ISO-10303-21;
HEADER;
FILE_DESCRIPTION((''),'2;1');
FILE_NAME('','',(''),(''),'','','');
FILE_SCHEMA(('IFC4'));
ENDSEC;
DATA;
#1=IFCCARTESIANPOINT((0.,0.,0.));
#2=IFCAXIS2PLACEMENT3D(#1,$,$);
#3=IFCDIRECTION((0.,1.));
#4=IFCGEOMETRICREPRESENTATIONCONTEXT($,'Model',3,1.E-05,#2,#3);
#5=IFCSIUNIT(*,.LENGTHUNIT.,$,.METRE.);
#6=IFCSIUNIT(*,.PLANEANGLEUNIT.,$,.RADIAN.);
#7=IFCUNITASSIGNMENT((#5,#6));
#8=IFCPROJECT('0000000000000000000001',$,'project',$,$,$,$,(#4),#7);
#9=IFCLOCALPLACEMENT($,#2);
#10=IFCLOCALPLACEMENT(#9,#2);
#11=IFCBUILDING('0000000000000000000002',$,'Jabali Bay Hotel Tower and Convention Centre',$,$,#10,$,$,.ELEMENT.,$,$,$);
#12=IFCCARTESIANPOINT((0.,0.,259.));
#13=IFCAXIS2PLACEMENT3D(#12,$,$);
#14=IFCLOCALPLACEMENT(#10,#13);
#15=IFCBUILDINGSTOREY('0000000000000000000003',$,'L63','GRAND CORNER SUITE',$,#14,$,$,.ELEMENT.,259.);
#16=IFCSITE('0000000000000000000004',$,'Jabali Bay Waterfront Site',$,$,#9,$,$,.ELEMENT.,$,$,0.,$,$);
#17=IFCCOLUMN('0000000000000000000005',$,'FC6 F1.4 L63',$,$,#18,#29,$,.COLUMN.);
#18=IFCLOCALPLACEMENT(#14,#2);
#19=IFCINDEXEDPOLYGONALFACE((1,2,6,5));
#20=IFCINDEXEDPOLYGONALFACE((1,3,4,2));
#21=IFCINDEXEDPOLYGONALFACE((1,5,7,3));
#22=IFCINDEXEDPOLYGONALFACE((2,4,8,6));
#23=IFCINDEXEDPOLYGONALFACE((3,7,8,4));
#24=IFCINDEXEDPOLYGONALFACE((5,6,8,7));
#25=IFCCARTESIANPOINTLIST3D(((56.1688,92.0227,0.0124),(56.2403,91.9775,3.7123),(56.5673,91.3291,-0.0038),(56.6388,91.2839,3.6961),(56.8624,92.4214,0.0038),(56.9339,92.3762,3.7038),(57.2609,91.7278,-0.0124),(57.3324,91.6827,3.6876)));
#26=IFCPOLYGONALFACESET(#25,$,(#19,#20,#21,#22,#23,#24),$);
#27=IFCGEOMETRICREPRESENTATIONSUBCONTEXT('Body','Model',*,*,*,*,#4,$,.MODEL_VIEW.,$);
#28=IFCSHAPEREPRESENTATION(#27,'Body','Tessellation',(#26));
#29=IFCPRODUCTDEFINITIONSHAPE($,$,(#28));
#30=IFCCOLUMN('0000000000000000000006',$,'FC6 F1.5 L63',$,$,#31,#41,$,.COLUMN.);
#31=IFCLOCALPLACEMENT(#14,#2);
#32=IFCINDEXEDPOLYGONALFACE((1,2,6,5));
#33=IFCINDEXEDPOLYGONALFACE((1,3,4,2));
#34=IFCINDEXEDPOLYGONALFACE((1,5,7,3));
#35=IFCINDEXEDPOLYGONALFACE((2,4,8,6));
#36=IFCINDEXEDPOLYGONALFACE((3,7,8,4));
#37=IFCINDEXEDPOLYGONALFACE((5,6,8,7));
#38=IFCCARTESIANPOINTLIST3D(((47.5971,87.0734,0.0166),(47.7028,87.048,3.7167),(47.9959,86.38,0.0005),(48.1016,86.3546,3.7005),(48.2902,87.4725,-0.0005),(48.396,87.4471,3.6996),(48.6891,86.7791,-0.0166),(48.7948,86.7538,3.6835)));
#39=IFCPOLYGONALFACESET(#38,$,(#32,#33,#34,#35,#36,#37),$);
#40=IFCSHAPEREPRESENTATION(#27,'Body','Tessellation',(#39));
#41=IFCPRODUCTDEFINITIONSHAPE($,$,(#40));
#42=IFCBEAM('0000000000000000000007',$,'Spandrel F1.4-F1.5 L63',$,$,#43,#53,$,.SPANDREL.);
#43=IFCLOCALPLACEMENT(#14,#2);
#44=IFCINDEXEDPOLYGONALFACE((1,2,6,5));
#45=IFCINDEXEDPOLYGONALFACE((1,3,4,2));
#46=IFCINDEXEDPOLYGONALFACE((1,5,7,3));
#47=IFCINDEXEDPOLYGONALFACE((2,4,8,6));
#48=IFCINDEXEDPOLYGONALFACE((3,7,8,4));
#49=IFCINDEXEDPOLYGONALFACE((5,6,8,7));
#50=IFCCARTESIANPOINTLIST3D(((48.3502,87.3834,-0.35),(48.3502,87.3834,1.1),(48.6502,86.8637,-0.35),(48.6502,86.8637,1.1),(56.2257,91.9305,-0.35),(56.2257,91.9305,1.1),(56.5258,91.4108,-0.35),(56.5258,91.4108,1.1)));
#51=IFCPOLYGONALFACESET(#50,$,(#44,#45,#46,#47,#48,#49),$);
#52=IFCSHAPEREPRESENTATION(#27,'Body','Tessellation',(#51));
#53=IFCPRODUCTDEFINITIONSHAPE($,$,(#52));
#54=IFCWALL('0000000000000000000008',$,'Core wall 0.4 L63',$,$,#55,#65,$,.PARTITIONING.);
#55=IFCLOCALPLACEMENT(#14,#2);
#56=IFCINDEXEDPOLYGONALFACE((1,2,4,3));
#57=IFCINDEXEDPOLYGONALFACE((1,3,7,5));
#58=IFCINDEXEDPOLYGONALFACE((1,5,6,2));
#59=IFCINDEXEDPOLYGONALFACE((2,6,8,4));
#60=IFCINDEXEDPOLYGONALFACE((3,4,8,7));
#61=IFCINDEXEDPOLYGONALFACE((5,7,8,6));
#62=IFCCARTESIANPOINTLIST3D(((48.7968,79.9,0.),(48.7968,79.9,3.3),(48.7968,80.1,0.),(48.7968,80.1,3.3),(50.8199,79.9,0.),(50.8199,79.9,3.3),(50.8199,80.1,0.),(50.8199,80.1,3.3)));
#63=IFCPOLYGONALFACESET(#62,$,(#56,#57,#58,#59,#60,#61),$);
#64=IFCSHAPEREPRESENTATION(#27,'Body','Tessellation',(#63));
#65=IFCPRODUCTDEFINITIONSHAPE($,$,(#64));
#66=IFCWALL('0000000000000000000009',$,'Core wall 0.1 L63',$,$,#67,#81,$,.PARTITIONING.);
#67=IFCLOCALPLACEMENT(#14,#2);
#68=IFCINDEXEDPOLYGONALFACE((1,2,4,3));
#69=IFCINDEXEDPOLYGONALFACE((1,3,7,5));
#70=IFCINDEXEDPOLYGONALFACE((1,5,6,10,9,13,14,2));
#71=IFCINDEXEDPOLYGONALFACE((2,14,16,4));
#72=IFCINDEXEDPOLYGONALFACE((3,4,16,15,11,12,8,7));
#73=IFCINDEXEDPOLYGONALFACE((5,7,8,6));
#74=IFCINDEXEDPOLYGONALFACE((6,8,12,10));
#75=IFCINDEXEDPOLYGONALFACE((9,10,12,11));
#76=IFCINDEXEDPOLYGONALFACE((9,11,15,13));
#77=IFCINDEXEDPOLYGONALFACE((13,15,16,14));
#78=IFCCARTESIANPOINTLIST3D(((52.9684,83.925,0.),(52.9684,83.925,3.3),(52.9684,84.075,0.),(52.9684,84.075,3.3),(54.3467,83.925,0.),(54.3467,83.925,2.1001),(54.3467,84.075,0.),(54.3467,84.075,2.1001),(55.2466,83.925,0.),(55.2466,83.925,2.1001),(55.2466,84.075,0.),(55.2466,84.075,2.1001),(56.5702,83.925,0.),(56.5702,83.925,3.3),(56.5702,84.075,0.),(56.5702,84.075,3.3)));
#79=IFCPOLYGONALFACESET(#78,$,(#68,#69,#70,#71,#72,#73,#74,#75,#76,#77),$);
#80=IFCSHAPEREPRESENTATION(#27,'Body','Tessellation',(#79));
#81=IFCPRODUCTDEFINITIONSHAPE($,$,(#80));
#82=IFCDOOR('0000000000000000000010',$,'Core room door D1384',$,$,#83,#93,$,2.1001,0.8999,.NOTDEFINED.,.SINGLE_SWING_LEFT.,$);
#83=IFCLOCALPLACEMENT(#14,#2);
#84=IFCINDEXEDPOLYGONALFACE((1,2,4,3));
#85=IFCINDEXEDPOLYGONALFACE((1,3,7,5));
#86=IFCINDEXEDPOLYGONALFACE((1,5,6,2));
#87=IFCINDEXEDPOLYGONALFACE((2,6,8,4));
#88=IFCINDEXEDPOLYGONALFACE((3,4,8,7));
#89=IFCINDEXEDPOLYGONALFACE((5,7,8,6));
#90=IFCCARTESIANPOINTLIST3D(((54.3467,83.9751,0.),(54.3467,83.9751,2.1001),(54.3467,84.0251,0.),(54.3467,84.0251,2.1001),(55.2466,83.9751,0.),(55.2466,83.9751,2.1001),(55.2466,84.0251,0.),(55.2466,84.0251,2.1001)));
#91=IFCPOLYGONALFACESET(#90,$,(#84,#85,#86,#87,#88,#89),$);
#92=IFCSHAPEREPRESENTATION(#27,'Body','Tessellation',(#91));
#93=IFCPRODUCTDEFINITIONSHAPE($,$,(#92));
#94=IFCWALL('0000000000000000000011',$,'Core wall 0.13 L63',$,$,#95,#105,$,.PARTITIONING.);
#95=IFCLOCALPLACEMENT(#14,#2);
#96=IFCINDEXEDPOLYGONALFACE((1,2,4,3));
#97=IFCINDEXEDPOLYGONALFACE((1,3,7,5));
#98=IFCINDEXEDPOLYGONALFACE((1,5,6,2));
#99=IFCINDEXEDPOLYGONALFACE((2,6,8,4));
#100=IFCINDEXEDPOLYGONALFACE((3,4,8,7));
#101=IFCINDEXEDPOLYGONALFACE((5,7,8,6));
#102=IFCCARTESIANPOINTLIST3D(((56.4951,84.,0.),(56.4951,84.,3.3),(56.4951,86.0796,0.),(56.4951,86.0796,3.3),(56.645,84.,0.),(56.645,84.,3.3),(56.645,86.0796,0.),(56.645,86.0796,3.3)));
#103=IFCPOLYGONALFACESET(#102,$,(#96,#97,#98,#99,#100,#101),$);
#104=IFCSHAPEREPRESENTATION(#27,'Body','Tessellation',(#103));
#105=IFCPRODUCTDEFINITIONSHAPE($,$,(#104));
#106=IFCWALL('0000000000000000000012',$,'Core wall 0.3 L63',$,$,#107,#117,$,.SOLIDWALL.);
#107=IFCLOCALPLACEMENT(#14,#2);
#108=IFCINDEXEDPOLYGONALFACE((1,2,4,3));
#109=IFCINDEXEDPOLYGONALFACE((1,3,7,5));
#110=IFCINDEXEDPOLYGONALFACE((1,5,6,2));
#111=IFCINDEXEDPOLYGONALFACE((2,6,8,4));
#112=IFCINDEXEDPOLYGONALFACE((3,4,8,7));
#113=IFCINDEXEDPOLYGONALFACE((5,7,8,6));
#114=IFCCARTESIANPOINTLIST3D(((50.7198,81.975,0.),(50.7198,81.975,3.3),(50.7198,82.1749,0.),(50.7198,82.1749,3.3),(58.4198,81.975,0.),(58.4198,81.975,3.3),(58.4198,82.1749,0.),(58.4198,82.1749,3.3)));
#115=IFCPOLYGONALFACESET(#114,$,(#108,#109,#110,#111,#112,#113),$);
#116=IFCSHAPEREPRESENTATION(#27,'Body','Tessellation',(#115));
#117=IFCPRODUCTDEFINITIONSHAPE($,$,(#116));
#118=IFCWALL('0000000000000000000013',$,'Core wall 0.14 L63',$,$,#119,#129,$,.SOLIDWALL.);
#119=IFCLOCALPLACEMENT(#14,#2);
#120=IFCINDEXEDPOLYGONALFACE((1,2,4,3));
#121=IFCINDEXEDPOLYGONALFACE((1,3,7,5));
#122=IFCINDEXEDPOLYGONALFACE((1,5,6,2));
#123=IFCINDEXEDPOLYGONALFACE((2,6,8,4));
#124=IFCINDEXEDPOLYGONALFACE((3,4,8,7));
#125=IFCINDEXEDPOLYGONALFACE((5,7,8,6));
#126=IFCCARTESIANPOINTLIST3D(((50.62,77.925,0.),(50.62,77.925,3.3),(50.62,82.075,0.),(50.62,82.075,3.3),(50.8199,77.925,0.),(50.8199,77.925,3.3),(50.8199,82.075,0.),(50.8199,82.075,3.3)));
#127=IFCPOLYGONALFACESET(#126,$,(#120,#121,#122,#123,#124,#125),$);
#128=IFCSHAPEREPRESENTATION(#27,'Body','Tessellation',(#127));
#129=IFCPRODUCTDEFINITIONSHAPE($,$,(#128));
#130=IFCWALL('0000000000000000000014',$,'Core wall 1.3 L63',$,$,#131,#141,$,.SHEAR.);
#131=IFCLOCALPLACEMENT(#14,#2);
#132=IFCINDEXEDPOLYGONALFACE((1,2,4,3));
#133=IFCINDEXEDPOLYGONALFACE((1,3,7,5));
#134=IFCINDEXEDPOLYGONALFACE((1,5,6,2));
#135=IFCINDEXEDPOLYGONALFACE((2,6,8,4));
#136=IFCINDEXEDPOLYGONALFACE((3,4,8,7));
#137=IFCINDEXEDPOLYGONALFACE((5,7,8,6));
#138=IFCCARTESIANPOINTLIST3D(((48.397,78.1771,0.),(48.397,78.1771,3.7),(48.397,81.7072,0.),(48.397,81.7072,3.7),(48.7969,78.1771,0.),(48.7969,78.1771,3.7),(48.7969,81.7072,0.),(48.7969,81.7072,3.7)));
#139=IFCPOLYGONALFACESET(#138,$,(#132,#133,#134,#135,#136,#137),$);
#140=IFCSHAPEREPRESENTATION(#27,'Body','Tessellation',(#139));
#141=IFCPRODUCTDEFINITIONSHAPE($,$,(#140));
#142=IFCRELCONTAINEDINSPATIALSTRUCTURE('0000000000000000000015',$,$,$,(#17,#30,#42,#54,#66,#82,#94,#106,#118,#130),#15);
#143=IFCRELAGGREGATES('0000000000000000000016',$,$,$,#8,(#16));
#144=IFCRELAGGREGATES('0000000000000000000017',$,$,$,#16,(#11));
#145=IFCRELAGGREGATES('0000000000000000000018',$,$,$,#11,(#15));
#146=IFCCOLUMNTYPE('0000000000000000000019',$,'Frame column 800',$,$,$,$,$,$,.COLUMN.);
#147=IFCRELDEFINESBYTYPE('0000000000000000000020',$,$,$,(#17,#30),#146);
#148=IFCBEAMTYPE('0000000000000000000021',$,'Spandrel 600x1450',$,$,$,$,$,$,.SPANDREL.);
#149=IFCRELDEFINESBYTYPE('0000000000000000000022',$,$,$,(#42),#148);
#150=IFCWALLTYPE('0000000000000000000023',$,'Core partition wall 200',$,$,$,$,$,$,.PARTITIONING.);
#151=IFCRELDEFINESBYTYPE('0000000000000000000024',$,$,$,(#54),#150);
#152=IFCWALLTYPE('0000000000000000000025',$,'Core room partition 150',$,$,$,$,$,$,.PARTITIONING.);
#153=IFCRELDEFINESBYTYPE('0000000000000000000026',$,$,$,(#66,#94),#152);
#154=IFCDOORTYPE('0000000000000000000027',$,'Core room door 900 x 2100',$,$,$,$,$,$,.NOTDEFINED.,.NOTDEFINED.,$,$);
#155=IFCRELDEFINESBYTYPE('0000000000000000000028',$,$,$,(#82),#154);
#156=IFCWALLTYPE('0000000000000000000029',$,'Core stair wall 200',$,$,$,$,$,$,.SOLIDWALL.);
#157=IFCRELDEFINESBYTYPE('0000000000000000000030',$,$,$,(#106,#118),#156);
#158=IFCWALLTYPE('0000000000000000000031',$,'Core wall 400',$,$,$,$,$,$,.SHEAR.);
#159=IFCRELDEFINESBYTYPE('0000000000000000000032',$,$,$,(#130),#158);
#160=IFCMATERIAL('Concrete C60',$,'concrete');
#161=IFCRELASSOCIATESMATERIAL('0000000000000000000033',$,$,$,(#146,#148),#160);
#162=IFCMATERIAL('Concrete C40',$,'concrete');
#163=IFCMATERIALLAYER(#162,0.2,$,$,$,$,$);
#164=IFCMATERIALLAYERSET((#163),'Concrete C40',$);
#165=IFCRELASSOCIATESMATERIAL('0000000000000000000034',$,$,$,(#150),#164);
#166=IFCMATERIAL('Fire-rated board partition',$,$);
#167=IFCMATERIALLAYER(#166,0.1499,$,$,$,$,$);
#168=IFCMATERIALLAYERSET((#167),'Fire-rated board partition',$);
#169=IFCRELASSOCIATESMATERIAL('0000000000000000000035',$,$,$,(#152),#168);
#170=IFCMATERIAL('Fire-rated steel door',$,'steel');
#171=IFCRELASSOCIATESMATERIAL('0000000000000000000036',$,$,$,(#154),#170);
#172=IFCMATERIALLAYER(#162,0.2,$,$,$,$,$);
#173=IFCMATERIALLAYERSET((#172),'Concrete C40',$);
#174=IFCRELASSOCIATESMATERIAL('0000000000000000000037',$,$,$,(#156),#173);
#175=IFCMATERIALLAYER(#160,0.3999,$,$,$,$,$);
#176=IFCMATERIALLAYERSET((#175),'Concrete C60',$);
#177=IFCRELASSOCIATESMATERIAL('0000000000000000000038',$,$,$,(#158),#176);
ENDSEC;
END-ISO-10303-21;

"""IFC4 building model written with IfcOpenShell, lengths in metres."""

from ifc_helpers import new_model, si_unit, direction, frame, frame_2d, origin, origin_2d, place, context, subcontext, project, spatial, rectangle, extrude, material, layer, layer_set, material_profile, profile_set, type_object, element, fill, save


model = new_model("IFC4")

# Units and contexts
model_context = context("Model", 3, precision=1e-05, world=origin(), true_north=direction((0.0, 1.0)))
body_context = subcontext(model_context, "Body", "Model", "MODEL_VIEW")
ifc_project = project(units=[si_unit("LENGTHUNIT", "METRE"), si_unit("PLANEANGLEUNIT", "RADIAN")], contexts=[model_context])

# Site, building, storey
site_placement = place(None, origin())
site = spatial("IfcSite", under=ifc_project, at=site_placement, Name="Jabali Bay Waterfront Site", CompositionType="ELEMENT", RefElevation=0.0)
building_placement = place(site_placement, origin())
building = spatial("IfcBuilding", under=site, at=building_placement, Name="Jabali Bay Hotel Tower and Convention Centre", CompositionType="ELEMENT")
storey_placement = place(building_placement, frame((0.0, 0.0, 259.0)))
storey = spatial("IfcBuildingStorey", under=building, at=storey_placement, Name="L63", Description="GRAND CORNER SUITE", CompositionType="ELEMENT", Elevation=259.0)

# Columns
ifc_material_1 = material(Name="Concrete C60", Category="concrete")
ifc_material_profile_1 = material_profile(ifc_material_1, rectangle(XDim=0.8, YDim=0.8, at=origin_2d()), Name="Frame column 800")
ifc_profile_set_1 = profile_set([ifc_material_profile_1], Name="Concrete C60")
column_type = type_object("IfcColumnType", Name="Frame column 800", PredefinedType="COLUMN", material=ifc_profile_set_1)
column_1_placement = place(storey_placement, frame((56.7148, 91.8752, 0.0), z_axis=(0.019329, -0.012204, 0.999739), x_axis=(-0.498097, 0.866886, 0.020212)))
element("IfcColumn", 1, at=column_1_placement, inside=storey, type_object=column_type, Name="FC6 F1.4 L63", PredefinedType="COLUMN", context=body_context, shape_type="SweptSolid", body=[
    extrude(rectangle(XDim=0.8, YDim=0.8, at=origin_2d()), origin(), (0.0, 0.0, 1.0), 3.7009),
])
column_2_placement = place(storey_placement, frame((48.1431, 86.9263, 0.0), z_axis=(0.028559, -0.006859, 0.999569), x_axis=(-0.498507, 0.86665, 0.02019)))
element("IfcColumn", 2, at=column_2_placement, inside=storey, type_object=column_type, Name="FC6 F1.5 L63", PredefinedType="COLUMN", context=body_context, shape_type="SweptSolid", body=[
    extrude(rectangle(XDim=0.8, YDim=0.8, at=origin_2d()), origin(), (0.0, 0.0, 1.0), 3.7017),
])

# Beam
ifc_material_profile_2 = material_profile(ifc_material_1, rectangle(XDim=0.6001, YDim=1.45, at=origin_2d()), Name="Spandrel 600x1450")
ifc_profile_set_2 = profile_set([ifc_material_profile_2], Name="Concrete C60")
beam_type = type_object("IfcBeamType", Name="Spandrel 600x1450", PredefinedType="SPANDREL", material=ifc_profile_set_2)
beam_placement = place(storey_placement, frame((56.3757, 91.6707, 0.375), z_axis=(-0.866016, -0.500017, 0.0), x_axis=(0.500017, -0.866016, 0.0)))
element("IfcBeam", 3, at=beam_placement, inside=storey, type_object=beam_type, Name="Spandrel F1.4-F1.5 L63", PredefinedType="SPANDREL", context=body_context, shape_type="SweptSolid", body=[
    extrude(rectangle(XDim=0.6001, YDim=1.45, at=origin_2d()), origin(), (0.0, 0.0, 1.0), 9.094),
])

# Wall
ifc_material_2 = material(Name="Concrete C40", Category="concrete")
ifc_layer_1 = layer(ifc_material_2, 0.2)
ifc_layer_set_1 = layer_set([ifc_layer_1], Name="Concrete C40")
wall_type_1 = type_object("IfcWallType", Name="Core partition wall 200", PredefinedType="PARTITIONING", material=ifc_layer_set_1)
wall_1_placement = place(storey_placement, frame((50.8201, 80.0, 0.0), z_axis=(0.0, 0.0, 1.0), x_axis=(-1.0, 0.0, 0.0)))
element("IfcWall", 4, at=wall_1_placement, inside=storey, type_object=wall_type_1, Name="Core wall 0.4 L63", PredefinedType="PARTITIONING", context=body_context, shape_type="SweptSolid", body=[
    extrude(rectangle(XDim=2.0232, YDim=0.2, at=frame_2d((1.0117, 0.0))), origin(), (0.0, 0.0, 1.0), 3.3),
])

# Wall, opening, door
ifc_material_3 = material(Name="Fire-rated board partition")
ifc_layer_2 = layer(ifc_material_3, 0.1499)
ifc_layer_set_2 = layer_set([ifc_layer_2], Name="Fire-rated board partition")
wall_type_2 = type_object("IfcWallType", Name="Core room partition 150", PredefinedType="PARTITIONING", material=ifc_layer_set_2)
wall_2_placement = place(storey_placement, frame((56.5701, 84.0, 0.0), z_axis=(0.0, 0.0, 1.0), x_axis=(-1.0, 0.0, 0.0)))
wall_2 = element("IfcWall", 5, at=wall_2_placement, inside=storey, type_object=wall_type_2, Name="Core wall 0.1 L63", PredefinedType="PARTITIONING", context=body_context, shape_type="SweptSolid", body=[
    extrude(rectangle(XDim=3.6018, YDim=0.1499, at=frame_2d((1.8008, 0.0))), origin(), (0.0, 0.0, 1.0), 3.3),
])
opening_placement = place(wall_2_placement, frame((1.3235, 0.0, 0.0)))
opening = element("IfcOpeningElement", 6, at=opening_placement, cuts=wall_2, PredefinedType="OPENING", context=body_context, shape_type="SweptSolid", body=[
    extrude(rectangle(XDim=0.8999, YDim=2.1001, at=frame_2d((0.45, 1.05))), frame((0.0, 0.0854, 0.0), z_axis=(0.0, -1.0, 0.0), x_axis=(1.0, 0.0, 0.0)), (0.0, 0.0, 1.0), 0.1709),
])
ifc_material_4 = material(Name="Fire-rated steel door", Category="steel")
door_type = type_object("IfcDoorType", Name="Core room door 900 x 2100", OperationType="NOTDEFINED", PredefinedType="NOTDEFINED", material=ifc_material_4)
door_placement = place(opening_placement, origin())
door = element("IfcDoor", 7, at=door_placement, inside=storey, type_object=door_type, Name="Core room door D1384", OperationType="SINGLE_SWING_LEFT", OverallHeight=2.1001, OverallWidth=0.8999, PredefinedType="NOTDEFINED", context=body_context, shape_type="SweptSolid", body=[
    extrude(rectangle(XDim=0.8999, YDim=2.1001, at=frame_2d((0.45, 1.05))), frame((0.0, 0.0249, 0.0), z_axis=(0.0, -1.0, 0.0), x_axis=(1.0, 0.0, 0.0)), (0.0, 0.0, 1.0), 0.05),
])
fill(opening, door)

# Walls
wall_3_placement = place(storey_placement, frame((56.5701, 86.0796, 0.0), z_axis=(0.0, 0.0, 1.0), x_axis=(0.0, -1.0, 0.0)))
element("IfcWall", 8, at=wall_3_placement, inside=storey, type_object=wall_type_2, Name="Core wall 0.13 L63", PredefinedType="PARTITIONING", context=body_context, shape_type="SweptSolid", body=[
    extrude(rectangle(XDim=2.0796, YDim=0.1499, at=frame_2d((1.0398, 0.0))), origin(), (0.0, 0.0, 1.0), 3.3),
])
ifc_layer_3 = layer(ifc_material_2, 0.2)
ifc_layer_set_3 = layer_set([ifc_layer_3], Name="Concrete C40")
wall_type_3 = type_object("IfcWallType", Name="Core stair wall 200", PredefinedType="SOLIDWALL", material=ifc_layer_set_3)
wall_4_placement = place(storey_placement, frame((58.4199, 82.075, 0.0), z_axis=(0.0, 0.0, 1.0), x_axis=(-1.0, 0.0, 0.0)))
element("IfcWall", 9, at=wall_4_placement, inside=storey, type_object=wall_type_3, Name="Core wall 0.3 L63", PredefinedType="SOLIDWALL", context=body_context, shape_type="SweptSolid", body=[
    extrude(rectangle(XDim=7.7, YDim=0.2, at=frame_2d((3.8501, 0.0))), origin(), (0.0, 0.0, 1.0), 3.3),
])
wall_5_placement = place(storey_placement, frame((50.72, 82.075, 0.0), z_axis=(0.0, 0.0, 1.0), x_axis=(0.0, -1.0, 0.0)))
element("IfcWall", 10, at=wall_5_placement, inside=storey, type_object=wall_type_3, Name="Core wall 0.14 L63", PredefinedType="SOLIDWALL", context=body_context, shape_type="SweptSolid", body=[
    extrude(rectangle(XDim=4.1499, YDim=0.2, at=frame_2d((2.075, 0.0))), origin(), (0.0, 0.0, 1.0), 3.3),
])
ifc_layer_4 = layer(ifc_material_1, 0.3999)
ifc_layer_set_4 = layer_set([ifc_layer_4], Name="Concrete C60")
wall_type_4 = type_object("IfcWallType", Name="Core wall 400", PredefinedType="SHEAR", material=ifc_layer_set_4)
wall_6_placement = place(storey_placement, frame((48.5969, 81.7073, 0.0), z_axis=(0.0, 0.0, 1.0), x_axis=(0.0, -1.0, 0.0)))
element("IfcWall", 11, at=wall_6_placement, inside=storey, type_object=wall_type_4, Name="Core wall 1.3 L63", PredefinedType="SHEAR", context=body_context, shape_type="SweptSolid", body=[
    extrude(rectangle(XDim=3.53, YDim=0.3999, at=frame_2d((1.7651, 0.0))), origin(), (0.0, 0.0, 1.0), 3.7),
])

save(model, "model.ifc")
